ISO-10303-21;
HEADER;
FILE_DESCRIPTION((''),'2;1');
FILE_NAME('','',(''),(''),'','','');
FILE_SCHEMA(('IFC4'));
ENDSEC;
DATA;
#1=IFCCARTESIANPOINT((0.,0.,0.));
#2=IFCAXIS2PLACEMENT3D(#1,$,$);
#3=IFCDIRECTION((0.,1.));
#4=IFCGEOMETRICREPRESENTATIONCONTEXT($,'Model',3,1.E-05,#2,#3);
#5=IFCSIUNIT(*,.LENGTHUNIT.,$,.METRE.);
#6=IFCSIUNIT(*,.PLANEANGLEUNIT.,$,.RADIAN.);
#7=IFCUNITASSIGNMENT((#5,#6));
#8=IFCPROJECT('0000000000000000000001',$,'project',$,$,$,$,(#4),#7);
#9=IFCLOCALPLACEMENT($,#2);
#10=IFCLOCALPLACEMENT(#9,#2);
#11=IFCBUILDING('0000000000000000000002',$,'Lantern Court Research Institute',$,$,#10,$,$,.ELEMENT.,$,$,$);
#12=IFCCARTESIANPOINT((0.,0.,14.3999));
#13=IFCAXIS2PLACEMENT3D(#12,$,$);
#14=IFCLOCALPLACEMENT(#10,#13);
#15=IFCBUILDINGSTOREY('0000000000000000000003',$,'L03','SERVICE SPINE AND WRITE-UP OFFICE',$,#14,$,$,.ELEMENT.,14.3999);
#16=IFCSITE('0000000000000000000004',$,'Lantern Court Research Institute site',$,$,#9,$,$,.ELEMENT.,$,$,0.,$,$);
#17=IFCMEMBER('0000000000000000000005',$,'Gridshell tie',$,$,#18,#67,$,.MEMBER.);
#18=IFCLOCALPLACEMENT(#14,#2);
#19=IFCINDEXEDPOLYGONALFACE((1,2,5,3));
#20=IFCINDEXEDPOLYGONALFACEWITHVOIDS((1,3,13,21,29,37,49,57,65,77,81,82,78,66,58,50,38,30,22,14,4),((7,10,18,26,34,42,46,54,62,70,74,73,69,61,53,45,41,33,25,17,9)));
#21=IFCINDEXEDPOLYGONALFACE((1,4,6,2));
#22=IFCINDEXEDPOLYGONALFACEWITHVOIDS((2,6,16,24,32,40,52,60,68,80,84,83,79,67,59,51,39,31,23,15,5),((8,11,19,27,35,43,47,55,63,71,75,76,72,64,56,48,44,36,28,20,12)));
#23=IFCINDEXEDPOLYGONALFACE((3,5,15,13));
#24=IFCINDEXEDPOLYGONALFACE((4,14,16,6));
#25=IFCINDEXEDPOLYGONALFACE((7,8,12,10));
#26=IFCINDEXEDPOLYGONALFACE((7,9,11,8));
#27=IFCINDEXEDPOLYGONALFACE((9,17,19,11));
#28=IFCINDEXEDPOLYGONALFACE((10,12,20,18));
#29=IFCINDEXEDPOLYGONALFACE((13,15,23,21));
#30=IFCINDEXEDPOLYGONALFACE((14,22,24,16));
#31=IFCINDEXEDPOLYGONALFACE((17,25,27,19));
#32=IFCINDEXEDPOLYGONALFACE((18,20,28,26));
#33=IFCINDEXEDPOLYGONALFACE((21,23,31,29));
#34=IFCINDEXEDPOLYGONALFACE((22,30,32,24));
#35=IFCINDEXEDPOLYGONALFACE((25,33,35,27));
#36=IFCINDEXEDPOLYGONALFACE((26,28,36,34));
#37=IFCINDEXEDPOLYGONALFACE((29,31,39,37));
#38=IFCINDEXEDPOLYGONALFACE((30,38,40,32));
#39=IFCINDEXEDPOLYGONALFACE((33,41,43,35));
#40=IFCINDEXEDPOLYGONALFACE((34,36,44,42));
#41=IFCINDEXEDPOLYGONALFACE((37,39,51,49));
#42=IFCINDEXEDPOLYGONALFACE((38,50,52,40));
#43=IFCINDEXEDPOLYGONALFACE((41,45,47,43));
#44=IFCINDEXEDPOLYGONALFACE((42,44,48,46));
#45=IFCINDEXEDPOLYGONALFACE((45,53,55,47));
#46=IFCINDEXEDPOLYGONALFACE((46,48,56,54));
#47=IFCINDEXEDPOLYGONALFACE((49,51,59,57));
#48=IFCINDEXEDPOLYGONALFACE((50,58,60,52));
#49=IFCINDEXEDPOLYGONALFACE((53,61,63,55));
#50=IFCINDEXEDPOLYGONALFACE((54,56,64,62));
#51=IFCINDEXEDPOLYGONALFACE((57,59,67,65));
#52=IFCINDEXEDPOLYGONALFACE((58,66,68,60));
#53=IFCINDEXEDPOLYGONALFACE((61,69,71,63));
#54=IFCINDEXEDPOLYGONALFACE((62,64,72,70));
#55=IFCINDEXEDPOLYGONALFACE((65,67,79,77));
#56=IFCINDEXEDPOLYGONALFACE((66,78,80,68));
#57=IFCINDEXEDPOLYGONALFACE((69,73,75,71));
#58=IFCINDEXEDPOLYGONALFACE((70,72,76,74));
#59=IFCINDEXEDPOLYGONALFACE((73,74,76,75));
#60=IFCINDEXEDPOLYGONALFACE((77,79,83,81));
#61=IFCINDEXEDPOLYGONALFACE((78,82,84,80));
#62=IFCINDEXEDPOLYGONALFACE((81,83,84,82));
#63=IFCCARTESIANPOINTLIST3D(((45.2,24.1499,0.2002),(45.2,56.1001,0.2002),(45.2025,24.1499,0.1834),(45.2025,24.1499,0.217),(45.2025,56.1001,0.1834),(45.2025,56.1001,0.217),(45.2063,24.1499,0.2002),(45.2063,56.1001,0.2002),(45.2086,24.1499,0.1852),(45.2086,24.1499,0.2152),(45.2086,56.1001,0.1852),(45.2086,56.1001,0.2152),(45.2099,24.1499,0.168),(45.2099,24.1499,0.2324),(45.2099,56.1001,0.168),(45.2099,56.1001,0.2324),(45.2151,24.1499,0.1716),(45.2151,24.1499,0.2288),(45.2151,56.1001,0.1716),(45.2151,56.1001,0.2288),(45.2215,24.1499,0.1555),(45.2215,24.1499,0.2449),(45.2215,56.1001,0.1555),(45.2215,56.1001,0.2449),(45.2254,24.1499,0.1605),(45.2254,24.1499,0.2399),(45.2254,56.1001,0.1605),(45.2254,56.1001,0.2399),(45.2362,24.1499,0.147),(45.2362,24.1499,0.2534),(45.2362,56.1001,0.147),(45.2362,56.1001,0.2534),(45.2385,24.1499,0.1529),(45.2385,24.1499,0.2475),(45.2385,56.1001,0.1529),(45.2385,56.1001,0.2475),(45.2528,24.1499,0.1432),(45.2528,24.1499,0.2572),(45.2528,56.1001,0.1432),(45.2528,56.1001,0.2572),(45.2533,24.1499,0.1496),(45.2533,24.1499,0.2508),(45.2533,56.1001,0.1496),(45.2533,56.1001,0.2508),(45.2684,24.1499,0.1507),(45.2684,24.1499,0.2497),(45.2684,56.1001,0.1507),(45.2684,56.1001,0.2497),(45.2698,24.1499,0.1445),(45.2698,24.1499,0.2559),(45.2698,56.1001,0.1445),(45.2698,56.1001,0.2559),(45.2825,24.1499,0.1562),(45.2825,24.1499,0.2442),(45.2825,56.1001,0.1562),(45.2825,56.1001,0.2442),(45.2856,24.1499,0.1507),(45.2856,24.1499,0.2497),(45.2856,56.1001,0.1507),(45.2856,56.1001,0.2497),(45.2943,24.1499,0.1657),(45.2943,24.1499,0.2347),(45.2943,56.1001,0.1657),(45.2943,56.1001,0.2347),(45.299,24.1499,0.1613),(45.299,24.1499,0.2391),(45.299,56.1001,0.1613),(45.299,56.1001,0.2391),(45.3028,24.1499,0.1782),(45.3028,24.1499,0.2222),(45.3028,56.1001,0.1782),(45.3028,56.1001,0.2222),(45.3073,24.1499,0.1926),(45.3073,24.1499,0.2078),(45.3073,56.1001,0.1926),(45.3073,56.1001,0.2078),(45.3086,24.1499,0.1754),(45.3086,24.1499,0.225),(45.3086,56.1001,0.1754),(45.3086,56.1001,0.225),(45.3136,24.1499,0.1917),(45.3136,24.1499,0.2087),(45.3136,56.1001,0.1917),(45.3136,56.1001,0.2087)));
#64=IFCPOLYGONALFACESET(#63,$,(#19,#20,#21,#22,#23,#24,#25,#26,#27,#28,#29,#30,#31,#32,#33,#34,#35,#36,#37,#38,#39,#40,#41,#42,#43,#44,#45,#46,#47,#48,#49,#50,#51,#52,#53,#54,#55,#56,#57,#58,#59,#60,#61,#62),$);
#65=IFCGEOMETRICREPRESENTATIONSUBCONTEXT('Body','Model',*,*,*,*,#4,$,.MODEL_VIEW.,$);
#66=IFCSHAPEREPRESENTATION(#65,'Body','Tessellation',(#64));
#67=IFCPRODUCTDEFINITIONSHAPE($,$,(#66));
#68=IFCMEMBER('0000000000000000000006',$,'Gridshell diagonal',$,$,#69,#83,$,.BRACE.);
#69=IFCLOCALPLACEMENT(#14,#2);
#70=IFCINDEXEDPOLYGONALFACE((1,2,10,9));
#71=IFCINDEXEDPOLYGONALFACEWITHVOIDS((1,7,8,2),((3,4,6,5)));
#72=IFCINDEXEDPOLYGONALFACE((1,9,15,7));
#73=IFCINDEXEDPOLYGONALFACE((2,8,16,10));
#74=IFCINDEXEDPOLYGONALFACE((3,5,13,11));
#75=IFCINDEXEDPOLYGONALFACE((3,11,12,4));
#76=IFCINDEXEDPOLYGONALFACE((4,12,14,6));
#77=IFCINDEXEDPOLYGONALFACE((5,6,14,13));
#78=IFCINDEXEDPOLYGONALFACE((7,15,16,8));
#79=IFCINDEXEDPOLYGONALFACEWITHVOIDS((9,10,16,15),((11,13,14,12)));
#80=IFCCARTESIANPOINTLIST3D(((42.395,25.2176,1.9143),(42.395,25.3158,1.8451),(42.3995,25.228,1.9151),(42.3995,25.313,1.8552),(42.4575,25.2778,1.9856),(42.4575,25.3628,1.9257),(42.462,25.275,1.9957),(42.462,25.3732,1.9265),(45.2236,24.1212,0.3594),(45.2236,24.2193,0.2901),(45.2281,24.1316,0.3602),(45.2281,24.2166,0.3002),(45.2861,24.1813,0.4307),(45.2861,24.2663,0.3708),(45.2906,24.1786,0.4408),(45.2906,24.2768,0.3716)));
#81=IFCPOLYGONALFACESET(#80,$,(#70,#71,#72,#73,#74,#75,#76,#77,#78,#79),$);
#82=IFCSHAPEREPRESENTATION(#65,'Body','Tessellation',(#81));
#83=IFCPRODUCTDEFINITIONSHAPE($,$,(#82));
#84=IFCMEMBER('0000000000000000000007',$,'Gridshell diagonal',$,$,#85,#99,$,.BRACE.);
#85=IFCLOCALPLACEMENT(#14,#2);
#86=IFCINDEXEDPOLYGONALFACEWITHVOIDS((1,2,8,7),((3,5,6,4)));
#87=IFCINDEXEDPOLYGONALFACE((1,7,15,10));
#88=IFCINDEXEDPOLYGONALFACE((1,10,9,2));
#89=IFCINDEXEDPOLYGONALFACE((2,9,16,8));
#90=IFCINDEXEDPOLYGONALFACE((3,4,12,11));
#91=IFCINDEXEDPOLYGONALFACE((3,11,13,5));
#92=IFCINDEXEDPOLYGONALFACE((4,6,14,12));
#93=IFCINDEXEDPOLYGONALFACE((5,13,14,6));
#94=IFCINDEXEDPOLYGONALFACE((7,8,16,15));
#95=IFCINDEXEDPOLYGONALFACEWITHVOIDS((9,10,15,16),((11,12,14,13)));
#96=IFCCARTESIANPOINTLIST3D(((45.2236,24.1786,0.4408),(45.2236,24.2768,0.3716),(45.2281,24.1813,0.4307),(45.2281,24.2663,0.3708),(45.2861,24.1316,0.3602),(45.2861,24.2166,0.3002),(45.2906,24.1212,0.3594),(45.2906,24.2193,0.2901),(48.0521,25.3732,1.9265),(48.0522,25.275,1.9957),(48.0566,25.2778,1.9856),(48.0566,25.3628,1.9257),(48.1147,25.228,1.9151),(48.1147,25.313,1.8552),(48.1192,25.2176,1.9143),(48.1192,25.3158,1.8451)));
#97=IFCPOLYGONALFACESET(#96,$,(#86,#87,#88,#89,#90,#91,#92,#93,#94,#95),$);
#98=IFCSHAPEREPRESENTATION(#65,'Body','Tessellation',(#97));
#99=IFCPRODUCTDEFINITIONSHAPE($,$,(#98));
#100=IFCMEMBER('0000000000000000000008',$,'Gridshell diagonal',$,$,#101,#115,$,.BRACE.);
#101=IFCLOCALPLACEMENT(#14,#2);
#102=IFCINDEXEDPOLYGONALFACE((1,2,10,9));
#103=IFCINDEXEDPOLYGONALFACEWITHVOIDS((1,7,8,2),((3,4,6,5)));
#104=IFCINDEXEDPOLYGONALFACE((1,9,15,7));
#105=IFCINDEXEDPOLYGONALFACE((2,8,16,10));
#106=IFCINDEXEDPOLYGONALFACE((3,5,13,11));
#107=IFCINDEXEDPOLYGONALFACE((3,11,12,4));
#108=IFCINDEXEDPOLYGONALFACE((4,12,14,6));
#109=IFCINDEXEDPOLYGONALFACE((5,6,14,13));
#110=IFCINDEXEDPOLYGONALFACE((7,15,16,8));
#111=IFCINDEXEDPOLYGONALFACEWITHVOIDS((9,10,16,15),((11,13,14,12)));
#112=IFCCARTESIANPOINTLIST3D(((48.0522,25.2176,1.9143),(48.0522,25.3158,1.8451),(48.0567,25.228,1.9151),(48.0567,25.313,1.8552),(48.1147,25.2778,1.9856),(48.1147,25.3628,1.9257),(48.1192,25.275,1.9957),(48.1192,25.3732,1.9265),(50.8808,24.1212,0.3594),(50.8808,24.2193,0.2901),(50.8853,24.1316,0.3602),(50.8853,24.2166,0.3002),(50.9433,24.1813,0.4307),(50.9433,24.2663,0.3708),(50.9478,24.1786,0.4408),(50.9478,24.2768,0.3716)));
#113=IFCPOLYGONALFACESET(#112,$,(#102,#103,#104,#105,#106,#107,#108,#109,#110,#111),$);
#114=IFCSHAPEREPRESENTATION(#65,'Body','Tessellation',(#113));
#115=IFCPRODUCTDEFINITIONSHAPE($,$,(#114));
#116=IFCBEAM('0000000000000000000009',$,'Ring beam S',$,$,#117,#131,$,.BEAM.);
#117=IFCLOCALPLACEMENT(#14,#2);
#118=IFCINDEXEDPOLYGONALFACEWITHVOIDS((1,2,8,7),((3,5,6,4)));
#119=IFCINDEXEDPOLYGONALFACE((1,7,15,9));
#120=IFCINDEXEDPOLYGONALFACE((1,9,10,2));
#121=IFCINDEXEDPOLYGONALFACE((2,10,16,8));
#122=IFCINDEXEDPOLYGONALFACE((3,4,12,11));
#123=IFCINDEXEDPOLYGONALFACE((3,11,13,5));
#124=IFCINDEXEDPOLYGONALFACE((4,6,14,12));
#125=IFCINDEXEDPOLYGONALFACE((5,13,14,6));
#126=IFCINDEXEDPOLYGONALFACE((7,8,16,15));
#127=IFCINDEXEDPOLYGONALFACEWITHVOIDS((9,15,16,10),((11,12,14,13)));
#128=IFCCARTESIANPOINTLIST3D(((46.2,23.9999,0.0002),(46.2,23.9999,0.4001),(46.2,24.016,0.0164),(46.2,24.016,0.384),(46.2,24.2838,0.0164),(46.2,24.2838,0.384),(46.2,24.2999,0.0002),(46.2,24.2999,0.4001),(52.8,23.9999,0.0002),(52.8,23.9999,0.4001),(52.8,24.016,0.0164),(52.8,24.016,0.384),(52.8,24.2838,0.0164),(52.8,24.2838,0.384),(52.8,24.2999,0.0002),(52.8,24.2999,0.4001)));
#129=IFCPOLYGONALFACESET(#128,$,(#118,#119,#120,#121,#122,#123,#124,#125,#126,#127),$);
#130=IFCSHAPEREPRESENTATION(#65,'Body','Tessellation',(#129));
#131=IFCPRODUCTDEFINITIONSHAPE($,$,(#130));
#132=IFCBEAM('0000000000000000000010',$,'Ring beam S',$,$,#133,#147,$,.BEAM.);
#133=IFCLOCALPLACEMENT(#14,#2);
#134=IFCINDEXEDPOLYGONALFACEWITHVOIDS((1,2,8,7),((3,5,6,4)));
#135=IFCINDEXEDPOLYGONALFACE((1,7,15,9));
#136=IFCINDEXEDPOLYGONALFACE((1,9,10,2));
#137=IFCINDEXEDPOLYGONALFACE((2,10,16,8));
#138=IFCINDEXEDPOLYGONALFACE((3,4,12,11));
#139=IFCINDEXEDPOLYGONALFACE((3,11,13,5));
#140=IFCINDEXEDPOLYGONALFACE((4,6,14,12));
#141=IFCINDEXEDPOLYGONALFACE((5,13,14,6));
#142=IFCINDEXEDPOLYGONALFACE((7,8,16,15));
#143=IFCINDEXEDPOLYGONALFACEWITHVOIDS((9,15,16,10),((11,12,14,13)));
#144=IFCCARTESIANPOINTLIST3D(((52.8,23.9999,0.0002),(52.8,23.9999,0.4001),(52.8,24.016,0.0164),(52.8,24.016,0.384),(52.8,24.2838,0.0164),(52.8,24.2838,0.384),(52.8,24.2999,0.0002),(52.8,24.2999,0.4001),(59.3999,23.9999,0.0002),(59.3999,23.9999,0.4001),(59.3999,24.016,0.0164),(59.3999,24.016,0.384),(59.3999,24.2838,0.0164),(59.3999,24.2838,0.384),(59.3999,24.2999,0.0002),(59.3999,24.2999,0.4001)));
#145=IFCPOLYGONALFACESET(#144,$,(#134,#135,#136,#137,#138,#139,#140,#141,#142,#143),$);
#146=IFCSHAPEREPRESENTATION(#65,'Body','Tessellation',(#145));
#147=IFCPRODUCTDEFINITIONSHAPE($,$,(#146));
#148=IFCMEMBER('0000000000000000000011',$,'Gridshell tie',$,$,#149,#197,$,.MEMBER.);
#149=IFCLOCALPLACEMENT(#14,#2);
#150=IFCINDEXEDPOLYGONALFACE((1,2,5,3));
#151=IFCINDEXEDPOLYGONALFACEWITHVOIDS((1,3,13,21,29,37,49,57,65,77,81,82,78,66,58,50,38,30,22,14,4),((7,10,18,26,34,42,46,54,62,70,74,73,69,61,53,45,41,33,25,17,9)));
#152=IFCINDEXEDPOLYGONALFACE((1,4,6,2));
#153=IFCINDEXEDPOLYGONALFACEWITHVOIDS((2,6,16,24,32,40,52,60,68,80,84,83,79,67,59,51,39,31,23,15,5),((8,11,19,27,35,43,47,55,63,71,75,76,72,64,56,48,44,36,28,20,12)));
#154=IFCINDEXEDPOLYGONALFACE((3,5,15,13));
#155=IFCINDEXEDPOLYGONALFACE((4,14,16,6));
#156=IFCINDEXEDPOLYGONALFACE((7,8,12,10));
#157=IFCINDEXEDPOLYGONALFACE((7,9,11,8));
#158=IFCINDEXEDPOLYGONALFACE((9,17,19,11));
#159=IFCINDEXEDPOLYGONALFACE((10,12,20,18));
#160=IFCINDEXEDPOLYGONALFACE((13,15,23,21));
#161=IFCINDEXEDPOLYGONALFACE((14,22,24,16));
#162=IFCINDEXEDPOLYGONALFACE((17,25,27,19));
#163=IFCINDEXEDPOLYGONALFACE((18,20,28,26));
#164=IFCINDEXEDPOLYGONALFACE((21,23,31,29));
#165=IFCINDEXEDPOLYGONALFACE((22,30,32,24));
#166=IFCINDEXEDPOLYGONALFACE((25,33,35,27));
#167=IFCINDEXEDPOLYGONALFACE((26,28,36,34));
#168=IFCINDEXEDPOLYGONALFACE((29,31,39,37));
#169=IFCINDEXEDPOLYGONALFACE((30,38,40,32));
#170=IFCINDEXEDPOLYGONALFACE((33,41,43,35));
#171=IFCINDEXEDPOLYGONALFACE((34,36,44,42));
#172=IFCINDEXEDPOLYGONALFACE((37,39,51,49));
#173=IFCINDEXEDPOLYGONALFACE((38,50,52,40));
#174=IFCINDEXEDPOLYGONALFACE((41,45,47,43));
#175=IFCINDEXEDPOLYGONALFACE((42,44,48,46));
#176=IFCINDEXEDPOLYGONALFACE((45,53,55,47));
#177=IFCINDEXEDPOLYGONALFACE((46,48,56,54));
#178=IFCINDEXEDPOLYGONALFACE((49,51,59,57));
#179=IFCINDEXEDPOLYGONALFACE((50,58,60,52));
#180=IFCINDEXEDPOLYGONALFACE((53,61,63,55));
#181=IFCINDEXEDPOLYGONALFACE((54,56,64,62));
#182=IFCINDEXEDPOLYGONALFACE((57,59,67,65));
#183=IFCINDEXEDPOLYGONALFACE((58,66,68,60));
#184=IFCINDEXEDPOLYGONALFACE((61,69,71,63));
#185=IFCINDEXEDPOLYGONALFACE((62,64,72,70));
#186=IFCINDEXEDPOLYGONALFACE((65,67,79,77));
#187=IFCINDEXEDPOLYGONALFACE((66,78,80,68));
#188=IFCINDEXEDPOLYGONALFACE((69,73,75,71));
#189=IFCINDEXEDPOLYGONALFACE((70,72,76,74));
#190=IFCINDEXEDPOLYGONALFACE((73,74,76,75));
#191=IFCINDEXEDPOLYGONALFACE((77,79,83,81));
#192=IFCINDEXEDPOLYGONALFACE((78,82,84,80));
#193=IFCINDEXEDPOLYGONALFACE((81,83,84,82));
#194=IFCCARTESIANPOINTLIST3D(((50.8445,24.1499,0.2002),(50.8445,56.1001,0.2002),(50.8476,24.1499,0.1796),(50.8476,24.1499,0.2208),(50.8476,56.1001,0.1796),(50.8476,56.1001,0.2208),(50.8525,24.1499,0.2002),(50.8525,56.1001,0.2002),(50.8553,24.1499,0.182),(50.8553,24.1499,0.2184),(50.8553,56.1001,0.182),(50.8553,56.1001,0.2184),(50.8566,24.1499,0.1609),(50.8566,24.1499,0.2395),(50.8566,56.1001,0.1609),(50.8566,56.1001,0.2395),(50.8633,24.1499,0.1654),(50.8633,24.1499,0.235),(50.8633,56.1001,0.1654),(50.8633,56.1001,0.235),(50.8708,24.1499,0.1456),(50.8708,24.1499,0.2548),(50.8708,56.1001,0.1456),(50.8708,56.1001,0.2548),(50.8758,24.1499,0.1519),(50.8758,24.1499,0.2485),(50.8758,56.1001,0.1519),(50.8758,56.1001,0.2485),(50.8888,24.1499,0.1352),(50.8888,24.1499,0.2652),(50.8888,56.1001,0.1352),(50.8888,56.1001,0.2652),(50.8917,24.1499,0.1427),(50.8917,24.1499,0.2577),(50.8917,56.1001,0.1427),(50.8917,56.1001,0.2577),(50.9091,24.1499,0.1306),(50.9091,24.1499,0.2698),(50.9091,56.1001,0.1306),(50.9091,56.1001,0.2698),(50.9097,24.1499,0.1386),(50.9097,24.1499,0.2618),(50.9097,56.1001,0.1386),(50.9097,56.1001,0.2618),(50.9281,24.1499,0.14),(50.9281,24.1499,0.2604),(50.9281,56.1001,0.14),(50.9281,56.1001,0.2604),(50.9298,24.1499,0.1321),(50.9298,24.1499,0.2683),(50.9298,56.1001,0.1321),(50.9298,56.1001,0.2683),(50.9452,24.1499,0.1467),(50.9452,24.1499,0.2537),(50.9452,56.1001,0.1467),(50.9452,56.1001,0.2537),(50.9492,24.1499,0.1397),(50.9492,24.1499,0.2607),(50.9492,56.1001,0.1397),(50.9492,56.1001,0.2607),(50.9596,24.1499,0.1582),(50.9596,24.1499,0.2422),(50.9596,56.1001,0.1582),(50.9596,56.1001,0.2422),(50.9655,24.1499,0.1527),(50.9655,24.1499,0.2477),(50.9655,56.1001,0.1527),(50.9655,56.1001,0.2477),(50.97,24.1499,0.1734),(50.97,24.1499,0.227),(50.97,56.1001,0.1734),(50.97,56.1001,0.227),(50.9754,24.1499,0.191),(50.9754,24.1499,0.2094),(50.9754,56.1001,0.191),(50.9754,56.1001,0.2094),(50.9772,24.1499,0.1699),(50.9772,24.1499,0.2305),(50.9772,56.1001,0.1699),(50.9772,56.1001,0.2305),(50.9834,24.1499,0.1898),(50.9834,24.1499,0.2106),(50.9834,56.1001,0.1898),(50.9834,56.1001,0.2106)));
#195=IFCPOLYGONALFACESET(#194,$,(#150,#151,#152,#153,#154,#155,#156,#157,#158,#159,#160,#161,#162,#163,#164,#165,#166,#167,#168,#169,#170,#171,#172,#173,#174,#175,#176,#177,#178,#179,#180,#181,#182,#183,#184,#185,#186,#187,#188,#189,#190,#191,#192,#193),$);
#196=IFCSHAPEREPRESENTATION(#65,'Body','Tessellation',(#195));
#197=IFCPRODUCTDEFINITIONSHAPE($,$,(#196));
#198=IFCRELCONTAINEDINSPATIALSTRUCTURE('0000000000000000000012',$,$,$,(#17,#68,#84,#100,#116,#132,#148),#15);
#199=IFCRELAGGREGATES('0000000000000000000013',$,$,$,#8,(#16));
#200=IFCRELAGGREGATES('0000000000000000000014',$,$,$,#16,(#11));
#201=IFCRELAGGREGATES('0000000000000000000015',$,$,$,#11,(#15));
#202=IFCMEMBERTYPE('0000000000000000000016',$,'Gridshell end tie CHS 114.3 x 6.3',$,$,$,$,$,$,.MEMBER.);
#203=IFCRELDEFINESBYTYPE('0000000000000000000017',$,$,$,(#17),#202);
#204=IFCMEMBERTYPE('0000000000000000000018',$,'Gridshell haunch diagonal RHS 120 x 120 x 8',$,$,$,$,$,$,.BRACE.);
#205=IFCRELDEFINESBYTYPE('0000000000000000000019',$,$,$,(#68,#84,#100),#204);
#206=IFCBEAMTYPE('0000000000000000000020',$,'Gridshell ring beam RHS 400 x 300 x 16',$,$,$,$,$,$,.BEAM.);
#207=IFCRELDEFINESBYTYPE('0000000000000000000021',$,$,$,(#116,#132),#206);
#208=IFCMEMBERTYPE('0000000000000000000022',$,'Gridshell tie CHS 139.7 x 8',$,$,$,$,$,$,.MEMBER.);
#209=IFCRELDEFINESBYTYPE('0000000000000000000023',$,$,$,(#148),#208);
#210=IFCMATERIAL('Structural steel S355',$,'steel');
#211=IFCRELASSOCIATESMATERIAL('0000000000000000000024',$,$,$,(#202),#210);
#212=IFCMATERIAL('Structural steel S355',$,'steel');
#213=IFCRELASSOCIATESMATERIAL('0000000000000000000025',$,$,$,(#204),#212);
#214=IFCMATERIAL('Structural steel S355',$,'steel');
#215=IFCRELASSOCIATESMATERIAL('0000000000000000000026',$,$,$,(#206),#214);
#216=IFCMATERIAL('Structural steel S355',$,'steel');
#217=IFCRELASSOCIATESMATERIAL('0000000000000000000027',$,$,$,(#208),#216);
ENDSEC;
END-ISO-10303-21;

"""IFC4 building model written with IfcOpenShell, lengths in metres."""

from ifc_helpers import new_model, si_unit, direction, frame, origin, origin_2d, place, context, subcontext, project, spatial, hollow_rectangle, hollow_circle, extrude, material, material_profile, profile_set, type_object, element, save


model = new_model("IFC4")

# Units and contexts
model_context = context("Model", 3, precision=1e-05, world=origin(), true_north=direction((0.0, 1.0)))
body_context = subcontext(model_context, "Body", "Model", "MODEL_VIEW")
ifc_project = project(units=[si_unit("LENGTHUNIT", "METRE"), si_unit("PLANEANGLEUNIT", "RADIAN")], contexts=[model_context])

# Site, building, storey
site_placement = place(None, origin())
site = spatial("IfcSite", under=ifc_project, at=site_placement, Name="Lantern Court Research Institute site", CompositionType="ELEMENT", RefElevation=0.0)
building_placement = place(site_placement, origin())
building = spatial("IfcBuilding", under=site, at=building_placement, Name="Lantern Court Research Institute", CompositionType="ELEMENT")
storey_placement = place(building_placement, frame((0.0, 0.0, 14.3999)))
storey = spatial("IfcBuildingStorey", under=building, at=storey_placement, Name="L03", Description="SERVICE SPINE AND WRITE-UP OFFICE", CompositionType="ELEMENT", Elevation=14.3999)

# Members
ifc_material_1 = material(Name="Structural steel S355", Category="steel")
ifc_material_profile_1 = material_profile(ifc_material_1, hollow_circle(Radius=0.0571, WallThickness=0.0063, at=origin_2d()), Name="Gridshell end tie CHS 114.3 x 6.3")
ifc_profile_set_1 = profile_set([ifc_material_profile_1], Name="Structural steel S355")
member_type_1 = type_object("IfcMemberType", Name="Gridshell end tie CHS 114.3 x 6.3", PredefinedType="MEMBER", material=ifc_profile_set_1)
member_1_placement = place(storey_placement, frame((45.2571, 24.1499, 0.2002), z_axis=(0.0, 1.0, 0.0), x_axis=(-1.0, 0.0, 0.0)))
element("IfcMember", 1, at=member_1_placement, inside=storey, type_object=member_type_1, Name="Gridshell tie", PredefinedType="MEMBER", context=body_context, shape_type="SweptSolid", body=[
    extrude(hollow_circle(Radius=0.0571, WallThickness=0.0063, at=origin_2d()), origin(), (0.0, 0.0, 1.0), 31.9502),
])
ifc_material_2 = material(Name="Structural steel S355", Category="steel")
ifc_material_profile_2 = material_profile(ifc_material_2, hollow_rectangle(XDim=0.1201, YDim=0.1201, WallThickness=0.0081, at=origin_2d()), Name="Gridshell haunch diagonal RHS 120 x 120 x 8")
ifc_profile_set_2 = profile_set([ifc_material_profile_2], Name="Structural steel S355")
member_type_2 = type_object("IfcMemberType", Name="Gridshell haunch diagonal RHS 120 x 120 x 8", PredefinedType="BRACE", material=ifc_profile_set_2)
for number, where, z_axis, x_axis, name in (
    (2, (45.2571, 24.199, 0.3655), (-0.829757, 0.321633, 0.45613), (-0.558124, -0.478138, -0.678146), "Gridshell diagonal"),
    (3, (45.2571, 24.199, 0.3655), (0.829757, 0.321633, 0.45613), (-0.558124, 0.478138, 0.678146), "Gridshell diagonal"),
    (4, (50.9143, 24.199, 0.3655), (-0.829757, 0.321633, 0.45613), (-0.558124, -0.478138, -0.678146), "Gridshell diagonal"),
):
    element("IfcMember", number, at=place(storey_placement, frame(where, z_axis=z_axis, x_axis=x_axis)), inside=storey, type_object=member_type_2, Name=name, PredefinedType="BRACE", context=body_context, shape_type="SweptSolid", body=[
        extrude(hollow_rectangle(XDim=0.1201, YDim=0.1201, WallThickness=0.0081, at=origin_2d()), origin(), (0.0, 0.0, 1.0), 3.4089),
    ])

# Beams
ifc_material_3 = material(Name="Structural steel S355", Category="steel")
ifc_material_profile_3 = material_profile(ifc_material_3, hollow_rectangle(XDim=0.3, YDim=0.3999, WallThickness=0.0161, at=origin_2d()), Name="Gridshell ring beam RHS 400 x 300 x 16")
ifc_profile_set_3 = profile_set([ifc_material_profile_3], Name="Structural steel S355")
beam_type = type_object("IfcBeamType", Name="Gridshell ring beam RHS 400 x 300 x 16", PredefinedType="BEAM", material=ifc_profile_set_3)
beam_1_placement = place(storey_placement, frame((46.2, 24.1499, 0.2002), z_axis=(1.0, 0.0, 0.0), x_axis=(0.0, 1.0, 0.0)))
element("IfcBeam", 5, at=beam_1_placement, inside=storey, type_object=beam_type, Name="Ring beam S", PredefinedType="BEAM", context=body_context, shape_type="SweptSolid", body=[
    extrude(hollow_rectangle(XDim=0.3, YDim=0.3999, WallThickness=0.0161, at=origin_2d()), origin(), (0.0, 0.0, 1.0), 6.6001),
])
beam_2_placement = place(storey_placement, frame((52.8, 24.1499, 0.2002), z_axis=(1.0, 0.0, 0.0), x_axis=(0.0, 1.0, 0.0)))
element("IfcBeam", 6, at=beam_2_placement, inside=storey, type_object=beam_type, Name="Ring beam S", PredefinedType="BEAM", context=body_context, shape_type="SweptSolid", body=[
    extrude(hollow_rectangle(XDim=0.3, YDim=0.3999, WallThickness=0.0161, at=origin_2d()), origin(), (0.0, 0.0, 1.0), 6.5999),
])

# Member
ifc_material_4 = material(Name="Structural steel S355", Category="steel")
ifc_material_profile_4 = material_profile(ifc_material_4, hollow_circle(Radius=0.0698, WallThickness=0.0081, at=origin_2d()), Name="Gridshell tie CHS 139.7 x 8")
ifc_profile_set_4 = profile_set([ifc_material_profile_4], Name="Structural steel S355")
member_type_3 = type_object("IfcMemberType", Name="Gridshell tie CHS 139.7 x 8", PredefinedType="MEMBER", material=ifc_profile_set_4)
member_2_placement = place(storey_placement, frame((50.9143, 24.1499, 0.2002), z_axis=(0.0, 1.0, 0.0), x_axis=(-1.0, 0.0, 0.0)))
element("IfcMember", 7, at=member_2_placement, inside=storey, type_object=member_type_3, Name="Gridshell tie", PredefinedType="MEMBER", context=body_context, shape_type="SweptSolid", body=[
    extrude(hollow_circle(Radius=0.0698, WallThickness=0.0081, at=origin_2d()), origin(), (0.0, 0.0, 1.0), 31.9502),
])

save(model, "model.ifc")
